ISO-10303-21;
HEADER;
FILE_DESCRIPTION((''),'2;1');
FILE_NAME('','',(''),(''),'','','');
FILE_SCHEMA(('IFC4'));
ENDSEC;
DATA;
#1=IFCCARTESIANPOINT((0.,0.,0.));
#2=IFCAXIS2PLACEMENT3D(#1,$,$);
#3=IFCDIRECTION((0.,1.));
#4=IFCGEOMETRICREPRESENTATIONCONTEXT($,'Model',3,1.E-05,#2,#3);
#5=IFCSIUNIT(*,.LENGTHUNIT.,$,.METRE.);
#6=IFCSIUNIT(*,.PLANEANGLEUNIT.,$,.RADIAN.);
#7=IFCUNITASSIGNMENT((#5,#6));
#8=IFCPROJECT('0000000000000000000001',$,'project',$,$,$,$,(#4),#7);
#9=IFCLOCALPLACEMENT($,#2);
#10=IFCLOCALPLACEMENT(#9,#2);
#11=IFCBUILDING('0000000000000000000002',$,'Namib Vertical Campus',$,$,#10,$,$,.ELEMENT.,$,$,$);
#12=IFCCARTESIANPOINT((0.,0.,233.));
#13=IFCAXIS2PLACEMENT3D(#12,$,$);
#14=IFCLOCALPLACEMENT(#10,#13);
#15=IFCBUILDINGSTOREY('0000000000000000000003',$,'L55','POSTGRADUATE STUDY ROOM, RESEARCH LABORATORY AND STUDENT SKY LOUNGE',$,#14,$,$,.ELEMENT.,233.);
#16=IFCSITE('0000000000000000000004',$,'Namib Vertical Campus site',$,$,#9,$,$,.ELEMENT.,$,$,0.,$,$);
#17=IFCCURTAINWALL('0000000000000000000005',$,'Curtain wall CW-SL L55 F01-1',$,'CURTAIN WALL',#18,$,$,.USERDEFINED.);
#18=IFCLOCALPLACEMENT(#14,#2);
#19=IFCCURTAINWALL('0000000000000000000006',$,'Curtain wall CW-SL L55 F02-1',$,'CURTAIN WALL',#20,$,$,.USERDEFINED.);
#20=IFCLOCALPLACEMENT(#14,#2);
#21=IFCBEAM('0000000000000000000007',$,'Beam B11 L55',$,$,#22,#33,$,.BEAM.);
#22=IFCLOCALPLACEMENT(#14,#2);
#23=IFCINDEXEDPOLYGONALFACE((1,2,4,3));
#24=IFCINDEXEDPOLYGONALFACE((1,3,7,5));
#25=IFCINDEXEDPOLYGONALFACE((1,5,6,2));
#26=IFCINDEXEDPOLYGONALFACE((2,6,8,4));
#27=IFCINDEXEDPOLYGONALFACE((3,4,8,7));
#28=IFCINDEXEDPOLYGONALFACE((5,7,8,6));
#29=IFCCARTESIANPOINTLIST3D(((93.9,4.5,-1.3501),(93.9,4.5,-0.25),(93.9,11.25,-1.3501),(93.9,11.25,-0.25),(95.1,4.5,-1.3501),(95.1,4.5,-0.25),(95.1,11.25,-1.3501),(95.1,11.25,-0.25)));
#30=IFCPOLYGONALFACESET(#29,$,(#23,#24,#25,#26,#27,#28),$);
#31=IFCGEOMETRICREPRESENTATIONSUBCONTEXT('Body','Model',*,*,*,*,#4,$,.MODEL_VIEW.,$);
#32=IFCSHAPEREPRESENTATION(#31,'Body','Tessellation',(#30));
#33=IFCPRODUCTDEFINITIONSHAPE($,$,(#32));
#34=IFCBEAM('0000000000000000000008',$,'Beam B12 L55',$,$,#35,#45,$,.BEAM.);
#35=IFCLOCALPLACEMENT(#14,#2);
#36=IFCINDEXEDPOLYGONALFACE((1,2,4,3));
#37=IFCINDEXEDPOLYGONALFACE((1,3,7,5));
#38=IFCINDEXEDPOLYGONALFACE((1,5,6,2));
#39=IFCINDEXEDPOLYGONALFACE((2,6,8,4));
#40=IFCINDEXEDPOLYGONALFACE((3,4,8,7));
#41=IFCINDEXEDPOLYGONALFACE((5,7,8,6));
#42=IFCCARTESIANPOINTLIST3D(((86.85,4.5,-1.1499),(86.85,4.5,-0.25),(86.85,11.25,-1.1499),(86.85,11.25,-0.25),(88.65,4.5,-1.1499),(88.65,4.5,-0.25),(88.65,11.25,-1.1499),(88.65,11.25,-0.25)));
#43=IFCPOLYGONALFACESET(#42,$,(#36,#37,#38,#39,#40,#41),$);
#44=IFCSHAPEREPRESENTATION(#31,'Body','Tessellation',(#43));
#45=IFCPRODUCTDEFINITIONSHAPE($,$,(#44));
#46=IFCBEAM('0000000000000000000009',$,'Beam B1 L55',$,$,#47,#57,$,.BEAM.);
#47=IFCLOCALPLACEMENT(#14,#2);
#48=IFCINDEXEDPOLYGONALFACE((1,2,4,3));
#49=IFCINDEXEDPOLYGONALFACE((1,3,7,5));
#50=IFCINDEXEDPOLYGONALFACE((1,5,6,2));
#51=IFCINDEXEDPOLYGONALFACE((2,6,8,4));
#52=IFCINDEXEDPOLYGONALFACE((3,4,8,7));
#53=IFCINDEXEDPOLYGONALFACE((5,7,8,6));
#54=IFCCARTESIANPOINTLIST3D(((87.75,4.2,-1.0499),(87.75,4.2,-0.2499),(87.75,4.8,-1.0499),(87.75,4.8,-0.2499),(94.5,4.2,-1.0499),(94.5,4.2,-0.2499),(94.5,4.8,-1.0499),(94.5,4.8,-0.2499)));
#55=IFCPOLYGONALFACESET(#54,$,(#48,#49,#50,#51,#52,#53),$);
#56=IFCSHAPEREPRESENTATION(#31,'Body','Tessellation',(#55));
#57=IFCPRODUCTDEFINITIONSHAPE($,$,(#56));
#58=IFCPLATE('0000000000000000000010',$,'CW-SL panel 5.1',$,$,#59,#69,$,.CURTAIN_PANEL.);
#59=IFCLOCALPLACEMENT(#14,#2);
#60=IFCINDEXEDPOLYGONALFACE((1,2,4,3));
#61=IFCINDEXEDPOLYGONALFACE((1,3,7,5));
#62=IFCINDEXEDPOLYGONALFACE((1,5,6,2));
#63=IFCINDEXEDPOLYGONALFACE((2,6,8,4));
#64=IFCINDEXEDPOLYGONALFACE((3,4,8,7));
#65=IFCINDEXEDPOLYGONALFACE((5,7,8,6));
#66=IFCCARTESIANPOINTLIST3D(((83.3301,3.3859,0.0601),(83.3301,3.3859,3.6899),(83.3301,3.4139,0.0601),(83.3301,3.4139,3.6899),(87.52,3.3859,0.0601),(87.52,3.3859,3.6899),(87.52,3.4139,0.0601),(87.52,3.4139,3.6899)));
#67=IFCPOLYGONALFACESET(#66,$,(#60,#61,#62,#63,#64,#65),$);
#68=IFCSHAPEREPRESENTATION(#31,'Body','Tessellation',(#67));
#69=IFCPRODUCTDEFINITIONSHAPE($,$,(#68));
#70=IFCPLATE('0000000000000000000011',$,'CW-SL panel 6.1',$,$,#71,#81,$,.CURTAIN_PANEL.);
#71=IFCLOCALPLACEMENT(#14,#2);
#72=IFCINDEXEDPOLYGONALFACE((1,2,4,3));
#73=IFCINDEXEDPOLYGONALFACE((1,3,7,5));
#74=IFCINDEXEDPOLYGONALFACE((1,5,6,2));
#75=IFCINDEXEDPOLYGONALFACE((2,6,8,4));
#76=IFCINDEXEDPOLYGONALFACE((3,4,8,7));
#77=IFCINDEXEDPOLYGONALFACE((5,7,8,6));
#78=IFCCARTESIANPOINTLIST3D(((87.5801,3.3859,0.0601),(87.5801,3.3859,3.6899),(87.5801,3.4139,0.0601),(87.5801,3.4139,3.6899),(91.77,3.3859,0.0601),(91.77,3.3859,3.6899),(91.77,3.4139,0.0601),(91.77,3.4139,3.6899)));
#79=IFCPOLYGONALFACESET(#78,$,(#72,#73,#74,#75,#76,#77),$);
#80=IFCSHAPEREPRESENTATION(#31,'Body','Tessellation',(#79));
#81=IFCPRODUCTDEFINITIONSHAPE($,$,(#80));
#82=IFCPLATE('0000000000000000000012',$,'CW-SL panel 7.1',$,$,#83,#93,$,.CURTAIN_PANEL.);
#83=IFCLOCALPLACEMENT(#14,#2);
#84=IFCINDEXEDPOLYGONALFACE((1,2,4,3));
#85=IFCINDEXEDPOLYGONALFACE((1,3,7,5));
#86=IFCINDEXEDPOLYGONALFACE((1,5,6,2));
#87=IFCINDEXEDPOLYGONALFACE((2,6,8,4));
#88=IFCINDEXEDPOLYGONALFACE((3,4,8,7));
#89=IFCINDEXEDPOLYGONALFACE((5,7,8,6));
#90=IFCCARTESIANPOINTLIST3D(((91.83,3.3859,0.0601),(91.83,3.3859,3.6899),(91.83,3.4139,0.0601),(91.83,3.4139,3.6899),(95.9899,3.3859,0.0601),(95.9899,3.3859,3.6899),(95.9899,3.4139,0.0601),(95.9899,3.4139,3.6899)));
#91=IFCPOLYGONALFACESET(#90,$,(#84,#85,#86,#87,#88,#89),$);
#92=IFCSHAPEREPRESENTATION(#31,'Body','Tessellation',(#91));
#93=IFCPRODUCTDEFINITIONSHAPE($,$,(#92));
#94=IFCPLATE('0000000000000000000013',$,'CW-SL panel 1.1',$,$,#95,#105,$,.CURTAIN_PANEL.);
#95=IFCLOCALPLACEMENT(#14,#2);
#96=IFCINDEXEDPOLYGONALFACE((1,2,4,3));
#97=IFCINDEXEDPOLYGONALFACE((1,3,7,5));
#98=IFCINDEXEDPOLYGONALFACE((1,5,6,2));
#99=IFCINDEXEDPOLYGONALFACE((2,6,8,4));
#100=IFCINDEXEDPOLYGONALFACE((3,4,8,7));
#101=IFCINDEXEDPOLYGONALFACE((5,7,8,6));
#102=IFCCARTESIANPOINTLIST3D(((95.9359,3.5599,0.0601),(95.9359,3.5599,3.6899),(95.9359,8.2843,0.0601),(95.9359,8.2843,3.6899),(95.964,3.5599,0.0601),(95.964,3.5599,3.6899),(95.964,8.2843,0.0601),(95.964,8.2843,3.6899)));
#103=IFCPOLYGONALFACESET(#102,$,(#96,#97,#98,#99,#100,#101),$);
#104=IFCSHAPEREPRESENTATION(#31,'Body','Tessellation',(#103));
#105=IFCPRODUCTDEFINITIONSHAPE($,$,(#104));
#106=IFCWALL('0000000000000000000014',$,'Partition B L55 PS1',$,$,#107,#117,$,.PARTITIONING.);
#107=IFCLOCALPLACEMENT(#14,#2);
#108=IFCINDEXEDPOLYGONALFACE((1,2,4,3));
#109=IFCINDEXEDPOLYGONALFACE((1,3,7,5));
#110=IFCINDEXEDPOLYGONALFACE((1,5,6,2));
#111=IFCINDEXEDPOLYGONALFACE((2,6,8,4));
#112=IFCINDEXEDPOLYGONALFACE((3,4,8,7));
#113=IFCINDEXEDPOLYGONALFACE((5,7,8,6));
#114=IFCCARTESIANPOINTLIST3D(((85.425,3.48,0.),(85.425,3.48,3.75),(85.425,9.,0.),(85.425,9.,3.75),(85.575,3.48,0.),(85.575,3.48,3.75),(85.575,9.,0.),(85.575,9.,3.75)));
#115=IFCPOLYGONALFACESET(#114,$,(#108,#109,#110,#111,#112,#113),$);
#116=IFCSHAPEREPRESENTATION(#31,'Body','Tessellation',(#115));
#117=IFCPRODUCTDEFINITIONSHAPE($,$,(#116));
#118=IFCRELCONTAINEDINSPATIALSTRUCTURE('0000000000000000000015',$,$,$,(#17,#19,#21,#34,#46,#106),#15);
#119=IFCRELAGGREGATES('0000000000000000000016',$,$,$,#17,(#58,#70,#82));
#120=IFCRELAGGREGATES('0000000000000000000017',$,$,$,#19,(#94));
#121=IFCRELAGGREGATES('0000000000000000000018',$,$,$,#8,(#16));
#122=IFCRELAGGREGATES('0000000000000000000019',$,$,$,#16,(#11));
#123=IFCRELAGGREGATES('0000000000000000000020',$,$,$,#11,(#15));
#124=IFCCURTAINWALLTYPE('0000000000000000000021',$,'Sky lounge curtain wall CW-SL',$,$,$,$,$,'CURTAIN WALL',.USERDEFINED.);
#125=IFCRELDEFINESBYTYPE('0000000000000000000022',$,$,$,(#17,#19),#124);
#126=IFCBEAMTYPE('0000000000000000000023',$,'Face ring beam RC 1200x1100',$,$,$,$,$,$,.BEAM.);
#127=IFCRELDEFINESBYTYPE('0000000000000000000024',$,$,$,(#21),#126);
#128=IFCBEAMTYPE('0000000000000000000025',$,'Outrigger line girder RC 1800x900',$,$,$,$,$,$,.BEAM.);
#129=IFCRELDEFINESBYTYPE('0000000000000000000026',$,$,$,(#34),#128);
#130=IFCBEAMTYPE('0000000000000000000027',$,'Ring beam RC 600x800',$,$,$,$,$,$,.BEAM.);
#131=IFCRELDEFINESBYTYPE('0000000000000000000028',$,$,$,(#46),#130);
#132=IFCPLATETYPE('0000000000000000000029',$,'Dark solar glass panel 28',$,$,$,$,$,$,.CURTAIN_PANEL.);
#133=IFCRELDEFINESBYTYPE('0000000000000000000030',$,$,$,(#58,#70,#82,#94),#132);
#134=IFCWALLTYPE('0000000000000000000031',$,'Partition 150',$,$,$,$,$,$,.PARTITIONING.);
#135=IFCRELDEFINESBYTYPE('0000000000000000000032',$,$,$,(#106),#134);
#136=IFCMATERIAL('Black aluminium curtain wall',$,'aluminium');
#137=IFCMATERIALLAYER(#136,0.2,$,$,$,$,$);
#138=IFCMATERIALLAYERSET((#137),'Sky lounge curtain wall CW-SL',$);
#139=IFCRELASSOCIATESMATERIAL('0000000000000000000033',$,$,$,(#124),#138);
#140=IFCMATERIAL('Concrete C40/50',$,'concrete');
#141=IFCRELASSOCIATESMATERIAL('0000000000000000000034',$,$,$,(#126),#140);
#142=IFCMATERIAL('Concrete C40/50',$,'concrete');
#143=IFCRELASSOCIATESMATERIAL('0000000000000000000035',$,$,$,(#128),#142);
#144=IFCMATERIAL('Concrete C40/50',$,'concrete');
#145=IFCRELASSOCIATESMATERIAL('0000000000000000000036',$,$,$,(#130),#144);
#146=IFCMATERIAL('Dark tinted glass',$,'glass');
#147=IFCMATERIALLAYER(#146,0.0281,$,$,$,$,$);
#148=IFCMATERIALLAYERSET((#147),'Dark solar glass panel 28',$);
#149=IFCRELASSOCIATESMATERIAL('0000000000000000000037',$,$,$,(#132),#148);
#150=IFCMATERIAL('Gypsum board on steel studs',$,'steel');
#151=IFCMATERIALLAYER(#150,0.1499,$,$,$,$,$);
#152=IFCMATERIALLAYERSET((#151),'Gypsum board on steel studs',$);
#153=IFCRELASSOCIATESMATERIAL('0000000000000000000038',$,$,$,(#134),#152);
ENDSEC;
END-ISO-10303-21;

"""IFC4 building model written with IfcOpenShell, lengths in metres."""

from ifc_helpers import new_model, si_unit, direction, frame, frame_2d, origin, origin_2d, place, context, subcontext, project, spatial, rectangle, extrude, material, layer, layer_set, material_profile, profile_set, type_object, element, aggregate, save


model = new_model("IFC4")

# Units and contexts
model_context = context("Model", 3, precision=1e-05, world=origin(), true_north=direction((0.0, 1.0)))
body_context = subcontext(model_context, "Body", "Model", "MODEL_VIEW")
ifc_project = project(units=[si_unit("LENGTHUNIT", "METRE"), si_unit("PLANEANGLEUNIT", "RADIAN")], contexts=[model_context])

# Site, building, storey
site_placement = place(None, origin())
site = spatial("IfcSite", under=ifc_project, at=site_placement, Name="Namib Vertical Campus site", CompositionType="ELEMENT", RefElevation=0.0)
building_placement = place(site_placement, origin())
building = spatial("IfcBuilding", under=site, at=building_placement, Name="Namib Vertical Campus", CompositionType="ELEMENT")
storey_placement = place(building_placement, frame((0.0, 0.0, 233.0)))
storey = spatial("IfcBuildingStorey", under=building, at=storey_placement, Name="L55", Description="POSTGRADUATE STUDY ROOM, RESEARCH LABORATORY AND STUDENT SKY LOUNGE", CompositionType="ELEMENT", Elevation=233.0)

# Curtain wall
ifc_material_1 = material(Name="Black aluminium curtain wall", Category="aluminium")
ifc_layer_1 = layer(ifc_material_1, 0.2)
ifc_layer_set_1 = layer_set([ifc_layer_1], Name="Sky lounge curtain wall CW-SL")
curtain_wall_type = type_object("IfcCurtainWallType", Name="Sky lounge curtain wall CW-SL", ElementType="CURTAIN WALL", PredefinedType="USERDEFINED", material=ifc_layer_set_1)
curtain_wall_1_placement = place(storey_placement, origin())
curtain_wall_1 = element("IfcCurtainWall", 1, at=curtain_wall_1_placement, inside=storey, type_object=curtain_wall_type, Name="Curtain wall CW-SL L55 F01-1", ObjectType="CURTAIN WALL", PredefinedType="USERDEFINED")

# Curtain wall
curtain_wall_2_placement = place(storey_placement, origin())
curtain_wall_2 = element("IfcCurtainWall", 2, at=curtain_wall_2_placement, inside=storey, type_object=curtain_wall_type, Name="Curtain wall CW-SL L55 F02-1", ObjectType="CURTAIN WALL", PredefinedType="USERDEFINED")

# Beams
ifc_material_2 = material(Name="Concrete C40/50", Category="concrete")
ifc_material_profile_1 = material_profile(ifc_material_2, rectangle(XDim=1.2, YDim=1.1001, at=origin_2d()))
ifc_profile_set_1 = profile_set([ifc_material_profile_1], Name="Concrete C40/50")
beam_type_1 = type_object("IfcBeamType", Name="Face ring beam RC 1200x1100", PredefinedType="BEAM", material=ifc_profile_set_1)
beam_1_placement = place(storey_placement, frame((94.5, 4.5, -0.8), z_axis=(0.0, 1.0, 0.0), x_axis=(-1.0, 0.0, 0.0)))
element("IfcBeam", 3, at=beam_1_placement, inside=storey, type_object=beam_type_1, Name="Beam B11 L55", PredefinedType="BEAM", context=body_context, shape_type="SweptSolid", body=[
    extrude(rectangle(XDim=1.2, YDim=1.1001, at=origin_2d()), origin(), (0.0, 0.0, 1.0), 6.75),
])
ifc_material_3 = material(Name="Concrete C40/50", Category="concrete")
ifc_material_profile_2 = material_profile(ifc_material_3, rectangle(XDim=1.8, YDim=0.8999, at=origin_2d()))
ifc_profile_set_2 = profile_set([ifc_material_profile_2], Name="Concrete C40/50")
beam_type_2 = type_object("IfcBeamType", Name="Outrigger line girder RC 1800x900", PredefinedType="BEAM", material=ifc_profile_set_2)
beam_2_placement = place(storey_placement, frame((87.75, 4.5, -0.7), z_axis=(0.0, 1.0, 0.0), x_axis=(-1.0, 0.0, 0.0)))
element("IfcBeam", 4, at=beam_2_placement, inside=storey, type_object=beam_type_2, Name="Beam B12 L55", PredefinedType="BEAM", context=body_context, shape_type="SweptSolid", body=[
    extrude(rectangle(XDim=1.8, YDim=0.8999, at=origin_2d()), origin(), (0.0, 0.0, 1.0), 6.75),
])
ifc_material_4 = material(Name="Concrete C40/50", Category="concrete")
ifc_material_profile_3 = material_profile(ifc_material_4, rectangle(XDim=0.6001, YDim=0.8, at=origin_2d()))
ifc_profile_set_3 = profile_set([ifc_material_profile_3], Name="Concrete C40/50")
beam_type_3 = type_object("IfcBeamType", Name="Ring beam RC 600x800", PredefinedType="BEAM", material=ifc_profile_set_3)
beam_3_placement = place(storey_placement, frame((87.75, 4.5, -0.6499), z_axis=(1.0, 0.0, 0.0), x_axis=(0.0, 1.0, 0.0)))
element("IfcBeam", 5, at=beam_3_placement, inside=storey, type_object=beam_type_3, Name="Beam B1 L55", PredefinedType="BEAM", context=body_context, shape_type="SweptSolid", body=[
    extrude(rectangle(XDim=0.6001, YDim=0.8, at=origin_2d()), origin(), (0.0, 0.0, 1.0), 6.75),
])

# Plates
ifc_material_5 = material(Name="Dark tinted glass", Category="glass")
ifc_layer_2 = layer(ifc_material_5, 0.0281)
ifc_layer_set_2 = layer_set([ifc_layer_2], Name="Dark solar glass panel 28")
plate_type = type_object("IfcPlateType", Name="Dark solar glass panel 28", PredefinedType="CURTAIN_PANEL", material=ifc_layer_set_2)
plate_1_placement = place(storey_placement, frame((85.425, 3.3999, 0.0601), z_axis=(0.0, 0.0, 1.0), x_axis=(1.0, 0.0, 0.0)))
plate_1 = element("IfcPlate", 6, at=plate_1_placement, type_object=plate_type, Name="CW-SL panel 5.1", PredefinedType="CURTAIN_PANEL", context=body_context, shape_type="SweptSolid", body=[
    extrude(rectangle(XDim=4.1899, YDim=0.0281, at=origin_2d()), origin(), (0.0, 0.0, 1.0), 3.6299),
])
plate_2_placement = place(storey_placement, frame((89.675, 3.3999, 0.0601), z_axis=(0.0, 0.0, 1.0), x_axis=(1.0, 0.0, 0.0)))
plate_2 = element("IfcPlate", 7, at=plate_2_placement, type_object=plate_type, Name="CW-SL panel 6.1", PredefinedType="CURTAIN_PANEL", context=body_context, shape_type="SweptSolid", body=[
    extrude(rectangle(XDim=4.1899, YDim=0.0281, at=origin_2d()), origin(), (0.0, 0.0, 1.0), 3.6299),
])
plate_3_placement = place(storey_placement, frame((93.9099, 3.3999, 0.0601), z_axis=(0.0, 0.0, 1.0), x_axis=(1.0, 0.0, 0.0)))
plate_3 = element("IfcPlate", 8, at=plate_3_placement, type_object=plate_type, Name="CW-SL panel 7.1", PredefinedType="CURTAIN_PANEL", context=body_context, shape_type="SweptSolid", body=[
    extrude(rectangle(XDim=4.1599, YDim=0.0281, at=origin_2d()), origin(), (0.0, 0.0, 1.0), 3.6299),
])
aggregate(curtain_wall_1, [plate_1, plate_2, plate_3])
plate_4_placement = place(storey_placement, frame((95.95, 5.9221, 0.0601), z_axis=(0.0, 0.0, 1.0), x_axis=(0.0, 1.0, 0.0)))
plate_4 = element("IfcPlate", 9, at=plate_4_placement, type_object=plate_type, Name="CW-SL panel 1.1", PredefinedType="CURTAIN_PANEL", context=body_context, shape_type="SweptSolid", body=[
    extrude(rectangle(XDim=4.7244, YDim=0.0281, at=origin_2d()), origin(), (0.0, 0.0, 1.0), 3.6299),
])
aggregate(curtain_wall_2, [plate_4])

# Wall
ifc_material_6 = material(Name="Gypsum board on steel studs", Category="steel")
ifc_layer_3 = layer(ifc_material_6, 0.1499)
ifc_layer_set_3 = layer_set([ifc_layer_3], Name="Gypsum board on steel studs")
wall_type = type_object("IfcWallType", Name="Partition 150", PredefinedType="PARTITIONING", material=ifc_layer_set_3)
wall_placement = place(storey_placement, frame((85.5, 3.48, 0.0), z_axis=(0.0, 0.0, 1.0), x_axis=(0.0, 1.0, 0.0)))
element("IfcWall", 10, at=wall_placement, inside=storey, type_object=wall_type, Name="Partition B L55 PS1", PredefinedType="PARTITIONING", context=body_context, shape_type="SweptSolid", body=[
    extrude(rectangle(XDim=5.52, YDim=0.1499, at=frame_2d((2.76, 0.0))), origin(), (0.0, 0.0, 1.0), 3.75),
])

save(model, "model.ifc")
